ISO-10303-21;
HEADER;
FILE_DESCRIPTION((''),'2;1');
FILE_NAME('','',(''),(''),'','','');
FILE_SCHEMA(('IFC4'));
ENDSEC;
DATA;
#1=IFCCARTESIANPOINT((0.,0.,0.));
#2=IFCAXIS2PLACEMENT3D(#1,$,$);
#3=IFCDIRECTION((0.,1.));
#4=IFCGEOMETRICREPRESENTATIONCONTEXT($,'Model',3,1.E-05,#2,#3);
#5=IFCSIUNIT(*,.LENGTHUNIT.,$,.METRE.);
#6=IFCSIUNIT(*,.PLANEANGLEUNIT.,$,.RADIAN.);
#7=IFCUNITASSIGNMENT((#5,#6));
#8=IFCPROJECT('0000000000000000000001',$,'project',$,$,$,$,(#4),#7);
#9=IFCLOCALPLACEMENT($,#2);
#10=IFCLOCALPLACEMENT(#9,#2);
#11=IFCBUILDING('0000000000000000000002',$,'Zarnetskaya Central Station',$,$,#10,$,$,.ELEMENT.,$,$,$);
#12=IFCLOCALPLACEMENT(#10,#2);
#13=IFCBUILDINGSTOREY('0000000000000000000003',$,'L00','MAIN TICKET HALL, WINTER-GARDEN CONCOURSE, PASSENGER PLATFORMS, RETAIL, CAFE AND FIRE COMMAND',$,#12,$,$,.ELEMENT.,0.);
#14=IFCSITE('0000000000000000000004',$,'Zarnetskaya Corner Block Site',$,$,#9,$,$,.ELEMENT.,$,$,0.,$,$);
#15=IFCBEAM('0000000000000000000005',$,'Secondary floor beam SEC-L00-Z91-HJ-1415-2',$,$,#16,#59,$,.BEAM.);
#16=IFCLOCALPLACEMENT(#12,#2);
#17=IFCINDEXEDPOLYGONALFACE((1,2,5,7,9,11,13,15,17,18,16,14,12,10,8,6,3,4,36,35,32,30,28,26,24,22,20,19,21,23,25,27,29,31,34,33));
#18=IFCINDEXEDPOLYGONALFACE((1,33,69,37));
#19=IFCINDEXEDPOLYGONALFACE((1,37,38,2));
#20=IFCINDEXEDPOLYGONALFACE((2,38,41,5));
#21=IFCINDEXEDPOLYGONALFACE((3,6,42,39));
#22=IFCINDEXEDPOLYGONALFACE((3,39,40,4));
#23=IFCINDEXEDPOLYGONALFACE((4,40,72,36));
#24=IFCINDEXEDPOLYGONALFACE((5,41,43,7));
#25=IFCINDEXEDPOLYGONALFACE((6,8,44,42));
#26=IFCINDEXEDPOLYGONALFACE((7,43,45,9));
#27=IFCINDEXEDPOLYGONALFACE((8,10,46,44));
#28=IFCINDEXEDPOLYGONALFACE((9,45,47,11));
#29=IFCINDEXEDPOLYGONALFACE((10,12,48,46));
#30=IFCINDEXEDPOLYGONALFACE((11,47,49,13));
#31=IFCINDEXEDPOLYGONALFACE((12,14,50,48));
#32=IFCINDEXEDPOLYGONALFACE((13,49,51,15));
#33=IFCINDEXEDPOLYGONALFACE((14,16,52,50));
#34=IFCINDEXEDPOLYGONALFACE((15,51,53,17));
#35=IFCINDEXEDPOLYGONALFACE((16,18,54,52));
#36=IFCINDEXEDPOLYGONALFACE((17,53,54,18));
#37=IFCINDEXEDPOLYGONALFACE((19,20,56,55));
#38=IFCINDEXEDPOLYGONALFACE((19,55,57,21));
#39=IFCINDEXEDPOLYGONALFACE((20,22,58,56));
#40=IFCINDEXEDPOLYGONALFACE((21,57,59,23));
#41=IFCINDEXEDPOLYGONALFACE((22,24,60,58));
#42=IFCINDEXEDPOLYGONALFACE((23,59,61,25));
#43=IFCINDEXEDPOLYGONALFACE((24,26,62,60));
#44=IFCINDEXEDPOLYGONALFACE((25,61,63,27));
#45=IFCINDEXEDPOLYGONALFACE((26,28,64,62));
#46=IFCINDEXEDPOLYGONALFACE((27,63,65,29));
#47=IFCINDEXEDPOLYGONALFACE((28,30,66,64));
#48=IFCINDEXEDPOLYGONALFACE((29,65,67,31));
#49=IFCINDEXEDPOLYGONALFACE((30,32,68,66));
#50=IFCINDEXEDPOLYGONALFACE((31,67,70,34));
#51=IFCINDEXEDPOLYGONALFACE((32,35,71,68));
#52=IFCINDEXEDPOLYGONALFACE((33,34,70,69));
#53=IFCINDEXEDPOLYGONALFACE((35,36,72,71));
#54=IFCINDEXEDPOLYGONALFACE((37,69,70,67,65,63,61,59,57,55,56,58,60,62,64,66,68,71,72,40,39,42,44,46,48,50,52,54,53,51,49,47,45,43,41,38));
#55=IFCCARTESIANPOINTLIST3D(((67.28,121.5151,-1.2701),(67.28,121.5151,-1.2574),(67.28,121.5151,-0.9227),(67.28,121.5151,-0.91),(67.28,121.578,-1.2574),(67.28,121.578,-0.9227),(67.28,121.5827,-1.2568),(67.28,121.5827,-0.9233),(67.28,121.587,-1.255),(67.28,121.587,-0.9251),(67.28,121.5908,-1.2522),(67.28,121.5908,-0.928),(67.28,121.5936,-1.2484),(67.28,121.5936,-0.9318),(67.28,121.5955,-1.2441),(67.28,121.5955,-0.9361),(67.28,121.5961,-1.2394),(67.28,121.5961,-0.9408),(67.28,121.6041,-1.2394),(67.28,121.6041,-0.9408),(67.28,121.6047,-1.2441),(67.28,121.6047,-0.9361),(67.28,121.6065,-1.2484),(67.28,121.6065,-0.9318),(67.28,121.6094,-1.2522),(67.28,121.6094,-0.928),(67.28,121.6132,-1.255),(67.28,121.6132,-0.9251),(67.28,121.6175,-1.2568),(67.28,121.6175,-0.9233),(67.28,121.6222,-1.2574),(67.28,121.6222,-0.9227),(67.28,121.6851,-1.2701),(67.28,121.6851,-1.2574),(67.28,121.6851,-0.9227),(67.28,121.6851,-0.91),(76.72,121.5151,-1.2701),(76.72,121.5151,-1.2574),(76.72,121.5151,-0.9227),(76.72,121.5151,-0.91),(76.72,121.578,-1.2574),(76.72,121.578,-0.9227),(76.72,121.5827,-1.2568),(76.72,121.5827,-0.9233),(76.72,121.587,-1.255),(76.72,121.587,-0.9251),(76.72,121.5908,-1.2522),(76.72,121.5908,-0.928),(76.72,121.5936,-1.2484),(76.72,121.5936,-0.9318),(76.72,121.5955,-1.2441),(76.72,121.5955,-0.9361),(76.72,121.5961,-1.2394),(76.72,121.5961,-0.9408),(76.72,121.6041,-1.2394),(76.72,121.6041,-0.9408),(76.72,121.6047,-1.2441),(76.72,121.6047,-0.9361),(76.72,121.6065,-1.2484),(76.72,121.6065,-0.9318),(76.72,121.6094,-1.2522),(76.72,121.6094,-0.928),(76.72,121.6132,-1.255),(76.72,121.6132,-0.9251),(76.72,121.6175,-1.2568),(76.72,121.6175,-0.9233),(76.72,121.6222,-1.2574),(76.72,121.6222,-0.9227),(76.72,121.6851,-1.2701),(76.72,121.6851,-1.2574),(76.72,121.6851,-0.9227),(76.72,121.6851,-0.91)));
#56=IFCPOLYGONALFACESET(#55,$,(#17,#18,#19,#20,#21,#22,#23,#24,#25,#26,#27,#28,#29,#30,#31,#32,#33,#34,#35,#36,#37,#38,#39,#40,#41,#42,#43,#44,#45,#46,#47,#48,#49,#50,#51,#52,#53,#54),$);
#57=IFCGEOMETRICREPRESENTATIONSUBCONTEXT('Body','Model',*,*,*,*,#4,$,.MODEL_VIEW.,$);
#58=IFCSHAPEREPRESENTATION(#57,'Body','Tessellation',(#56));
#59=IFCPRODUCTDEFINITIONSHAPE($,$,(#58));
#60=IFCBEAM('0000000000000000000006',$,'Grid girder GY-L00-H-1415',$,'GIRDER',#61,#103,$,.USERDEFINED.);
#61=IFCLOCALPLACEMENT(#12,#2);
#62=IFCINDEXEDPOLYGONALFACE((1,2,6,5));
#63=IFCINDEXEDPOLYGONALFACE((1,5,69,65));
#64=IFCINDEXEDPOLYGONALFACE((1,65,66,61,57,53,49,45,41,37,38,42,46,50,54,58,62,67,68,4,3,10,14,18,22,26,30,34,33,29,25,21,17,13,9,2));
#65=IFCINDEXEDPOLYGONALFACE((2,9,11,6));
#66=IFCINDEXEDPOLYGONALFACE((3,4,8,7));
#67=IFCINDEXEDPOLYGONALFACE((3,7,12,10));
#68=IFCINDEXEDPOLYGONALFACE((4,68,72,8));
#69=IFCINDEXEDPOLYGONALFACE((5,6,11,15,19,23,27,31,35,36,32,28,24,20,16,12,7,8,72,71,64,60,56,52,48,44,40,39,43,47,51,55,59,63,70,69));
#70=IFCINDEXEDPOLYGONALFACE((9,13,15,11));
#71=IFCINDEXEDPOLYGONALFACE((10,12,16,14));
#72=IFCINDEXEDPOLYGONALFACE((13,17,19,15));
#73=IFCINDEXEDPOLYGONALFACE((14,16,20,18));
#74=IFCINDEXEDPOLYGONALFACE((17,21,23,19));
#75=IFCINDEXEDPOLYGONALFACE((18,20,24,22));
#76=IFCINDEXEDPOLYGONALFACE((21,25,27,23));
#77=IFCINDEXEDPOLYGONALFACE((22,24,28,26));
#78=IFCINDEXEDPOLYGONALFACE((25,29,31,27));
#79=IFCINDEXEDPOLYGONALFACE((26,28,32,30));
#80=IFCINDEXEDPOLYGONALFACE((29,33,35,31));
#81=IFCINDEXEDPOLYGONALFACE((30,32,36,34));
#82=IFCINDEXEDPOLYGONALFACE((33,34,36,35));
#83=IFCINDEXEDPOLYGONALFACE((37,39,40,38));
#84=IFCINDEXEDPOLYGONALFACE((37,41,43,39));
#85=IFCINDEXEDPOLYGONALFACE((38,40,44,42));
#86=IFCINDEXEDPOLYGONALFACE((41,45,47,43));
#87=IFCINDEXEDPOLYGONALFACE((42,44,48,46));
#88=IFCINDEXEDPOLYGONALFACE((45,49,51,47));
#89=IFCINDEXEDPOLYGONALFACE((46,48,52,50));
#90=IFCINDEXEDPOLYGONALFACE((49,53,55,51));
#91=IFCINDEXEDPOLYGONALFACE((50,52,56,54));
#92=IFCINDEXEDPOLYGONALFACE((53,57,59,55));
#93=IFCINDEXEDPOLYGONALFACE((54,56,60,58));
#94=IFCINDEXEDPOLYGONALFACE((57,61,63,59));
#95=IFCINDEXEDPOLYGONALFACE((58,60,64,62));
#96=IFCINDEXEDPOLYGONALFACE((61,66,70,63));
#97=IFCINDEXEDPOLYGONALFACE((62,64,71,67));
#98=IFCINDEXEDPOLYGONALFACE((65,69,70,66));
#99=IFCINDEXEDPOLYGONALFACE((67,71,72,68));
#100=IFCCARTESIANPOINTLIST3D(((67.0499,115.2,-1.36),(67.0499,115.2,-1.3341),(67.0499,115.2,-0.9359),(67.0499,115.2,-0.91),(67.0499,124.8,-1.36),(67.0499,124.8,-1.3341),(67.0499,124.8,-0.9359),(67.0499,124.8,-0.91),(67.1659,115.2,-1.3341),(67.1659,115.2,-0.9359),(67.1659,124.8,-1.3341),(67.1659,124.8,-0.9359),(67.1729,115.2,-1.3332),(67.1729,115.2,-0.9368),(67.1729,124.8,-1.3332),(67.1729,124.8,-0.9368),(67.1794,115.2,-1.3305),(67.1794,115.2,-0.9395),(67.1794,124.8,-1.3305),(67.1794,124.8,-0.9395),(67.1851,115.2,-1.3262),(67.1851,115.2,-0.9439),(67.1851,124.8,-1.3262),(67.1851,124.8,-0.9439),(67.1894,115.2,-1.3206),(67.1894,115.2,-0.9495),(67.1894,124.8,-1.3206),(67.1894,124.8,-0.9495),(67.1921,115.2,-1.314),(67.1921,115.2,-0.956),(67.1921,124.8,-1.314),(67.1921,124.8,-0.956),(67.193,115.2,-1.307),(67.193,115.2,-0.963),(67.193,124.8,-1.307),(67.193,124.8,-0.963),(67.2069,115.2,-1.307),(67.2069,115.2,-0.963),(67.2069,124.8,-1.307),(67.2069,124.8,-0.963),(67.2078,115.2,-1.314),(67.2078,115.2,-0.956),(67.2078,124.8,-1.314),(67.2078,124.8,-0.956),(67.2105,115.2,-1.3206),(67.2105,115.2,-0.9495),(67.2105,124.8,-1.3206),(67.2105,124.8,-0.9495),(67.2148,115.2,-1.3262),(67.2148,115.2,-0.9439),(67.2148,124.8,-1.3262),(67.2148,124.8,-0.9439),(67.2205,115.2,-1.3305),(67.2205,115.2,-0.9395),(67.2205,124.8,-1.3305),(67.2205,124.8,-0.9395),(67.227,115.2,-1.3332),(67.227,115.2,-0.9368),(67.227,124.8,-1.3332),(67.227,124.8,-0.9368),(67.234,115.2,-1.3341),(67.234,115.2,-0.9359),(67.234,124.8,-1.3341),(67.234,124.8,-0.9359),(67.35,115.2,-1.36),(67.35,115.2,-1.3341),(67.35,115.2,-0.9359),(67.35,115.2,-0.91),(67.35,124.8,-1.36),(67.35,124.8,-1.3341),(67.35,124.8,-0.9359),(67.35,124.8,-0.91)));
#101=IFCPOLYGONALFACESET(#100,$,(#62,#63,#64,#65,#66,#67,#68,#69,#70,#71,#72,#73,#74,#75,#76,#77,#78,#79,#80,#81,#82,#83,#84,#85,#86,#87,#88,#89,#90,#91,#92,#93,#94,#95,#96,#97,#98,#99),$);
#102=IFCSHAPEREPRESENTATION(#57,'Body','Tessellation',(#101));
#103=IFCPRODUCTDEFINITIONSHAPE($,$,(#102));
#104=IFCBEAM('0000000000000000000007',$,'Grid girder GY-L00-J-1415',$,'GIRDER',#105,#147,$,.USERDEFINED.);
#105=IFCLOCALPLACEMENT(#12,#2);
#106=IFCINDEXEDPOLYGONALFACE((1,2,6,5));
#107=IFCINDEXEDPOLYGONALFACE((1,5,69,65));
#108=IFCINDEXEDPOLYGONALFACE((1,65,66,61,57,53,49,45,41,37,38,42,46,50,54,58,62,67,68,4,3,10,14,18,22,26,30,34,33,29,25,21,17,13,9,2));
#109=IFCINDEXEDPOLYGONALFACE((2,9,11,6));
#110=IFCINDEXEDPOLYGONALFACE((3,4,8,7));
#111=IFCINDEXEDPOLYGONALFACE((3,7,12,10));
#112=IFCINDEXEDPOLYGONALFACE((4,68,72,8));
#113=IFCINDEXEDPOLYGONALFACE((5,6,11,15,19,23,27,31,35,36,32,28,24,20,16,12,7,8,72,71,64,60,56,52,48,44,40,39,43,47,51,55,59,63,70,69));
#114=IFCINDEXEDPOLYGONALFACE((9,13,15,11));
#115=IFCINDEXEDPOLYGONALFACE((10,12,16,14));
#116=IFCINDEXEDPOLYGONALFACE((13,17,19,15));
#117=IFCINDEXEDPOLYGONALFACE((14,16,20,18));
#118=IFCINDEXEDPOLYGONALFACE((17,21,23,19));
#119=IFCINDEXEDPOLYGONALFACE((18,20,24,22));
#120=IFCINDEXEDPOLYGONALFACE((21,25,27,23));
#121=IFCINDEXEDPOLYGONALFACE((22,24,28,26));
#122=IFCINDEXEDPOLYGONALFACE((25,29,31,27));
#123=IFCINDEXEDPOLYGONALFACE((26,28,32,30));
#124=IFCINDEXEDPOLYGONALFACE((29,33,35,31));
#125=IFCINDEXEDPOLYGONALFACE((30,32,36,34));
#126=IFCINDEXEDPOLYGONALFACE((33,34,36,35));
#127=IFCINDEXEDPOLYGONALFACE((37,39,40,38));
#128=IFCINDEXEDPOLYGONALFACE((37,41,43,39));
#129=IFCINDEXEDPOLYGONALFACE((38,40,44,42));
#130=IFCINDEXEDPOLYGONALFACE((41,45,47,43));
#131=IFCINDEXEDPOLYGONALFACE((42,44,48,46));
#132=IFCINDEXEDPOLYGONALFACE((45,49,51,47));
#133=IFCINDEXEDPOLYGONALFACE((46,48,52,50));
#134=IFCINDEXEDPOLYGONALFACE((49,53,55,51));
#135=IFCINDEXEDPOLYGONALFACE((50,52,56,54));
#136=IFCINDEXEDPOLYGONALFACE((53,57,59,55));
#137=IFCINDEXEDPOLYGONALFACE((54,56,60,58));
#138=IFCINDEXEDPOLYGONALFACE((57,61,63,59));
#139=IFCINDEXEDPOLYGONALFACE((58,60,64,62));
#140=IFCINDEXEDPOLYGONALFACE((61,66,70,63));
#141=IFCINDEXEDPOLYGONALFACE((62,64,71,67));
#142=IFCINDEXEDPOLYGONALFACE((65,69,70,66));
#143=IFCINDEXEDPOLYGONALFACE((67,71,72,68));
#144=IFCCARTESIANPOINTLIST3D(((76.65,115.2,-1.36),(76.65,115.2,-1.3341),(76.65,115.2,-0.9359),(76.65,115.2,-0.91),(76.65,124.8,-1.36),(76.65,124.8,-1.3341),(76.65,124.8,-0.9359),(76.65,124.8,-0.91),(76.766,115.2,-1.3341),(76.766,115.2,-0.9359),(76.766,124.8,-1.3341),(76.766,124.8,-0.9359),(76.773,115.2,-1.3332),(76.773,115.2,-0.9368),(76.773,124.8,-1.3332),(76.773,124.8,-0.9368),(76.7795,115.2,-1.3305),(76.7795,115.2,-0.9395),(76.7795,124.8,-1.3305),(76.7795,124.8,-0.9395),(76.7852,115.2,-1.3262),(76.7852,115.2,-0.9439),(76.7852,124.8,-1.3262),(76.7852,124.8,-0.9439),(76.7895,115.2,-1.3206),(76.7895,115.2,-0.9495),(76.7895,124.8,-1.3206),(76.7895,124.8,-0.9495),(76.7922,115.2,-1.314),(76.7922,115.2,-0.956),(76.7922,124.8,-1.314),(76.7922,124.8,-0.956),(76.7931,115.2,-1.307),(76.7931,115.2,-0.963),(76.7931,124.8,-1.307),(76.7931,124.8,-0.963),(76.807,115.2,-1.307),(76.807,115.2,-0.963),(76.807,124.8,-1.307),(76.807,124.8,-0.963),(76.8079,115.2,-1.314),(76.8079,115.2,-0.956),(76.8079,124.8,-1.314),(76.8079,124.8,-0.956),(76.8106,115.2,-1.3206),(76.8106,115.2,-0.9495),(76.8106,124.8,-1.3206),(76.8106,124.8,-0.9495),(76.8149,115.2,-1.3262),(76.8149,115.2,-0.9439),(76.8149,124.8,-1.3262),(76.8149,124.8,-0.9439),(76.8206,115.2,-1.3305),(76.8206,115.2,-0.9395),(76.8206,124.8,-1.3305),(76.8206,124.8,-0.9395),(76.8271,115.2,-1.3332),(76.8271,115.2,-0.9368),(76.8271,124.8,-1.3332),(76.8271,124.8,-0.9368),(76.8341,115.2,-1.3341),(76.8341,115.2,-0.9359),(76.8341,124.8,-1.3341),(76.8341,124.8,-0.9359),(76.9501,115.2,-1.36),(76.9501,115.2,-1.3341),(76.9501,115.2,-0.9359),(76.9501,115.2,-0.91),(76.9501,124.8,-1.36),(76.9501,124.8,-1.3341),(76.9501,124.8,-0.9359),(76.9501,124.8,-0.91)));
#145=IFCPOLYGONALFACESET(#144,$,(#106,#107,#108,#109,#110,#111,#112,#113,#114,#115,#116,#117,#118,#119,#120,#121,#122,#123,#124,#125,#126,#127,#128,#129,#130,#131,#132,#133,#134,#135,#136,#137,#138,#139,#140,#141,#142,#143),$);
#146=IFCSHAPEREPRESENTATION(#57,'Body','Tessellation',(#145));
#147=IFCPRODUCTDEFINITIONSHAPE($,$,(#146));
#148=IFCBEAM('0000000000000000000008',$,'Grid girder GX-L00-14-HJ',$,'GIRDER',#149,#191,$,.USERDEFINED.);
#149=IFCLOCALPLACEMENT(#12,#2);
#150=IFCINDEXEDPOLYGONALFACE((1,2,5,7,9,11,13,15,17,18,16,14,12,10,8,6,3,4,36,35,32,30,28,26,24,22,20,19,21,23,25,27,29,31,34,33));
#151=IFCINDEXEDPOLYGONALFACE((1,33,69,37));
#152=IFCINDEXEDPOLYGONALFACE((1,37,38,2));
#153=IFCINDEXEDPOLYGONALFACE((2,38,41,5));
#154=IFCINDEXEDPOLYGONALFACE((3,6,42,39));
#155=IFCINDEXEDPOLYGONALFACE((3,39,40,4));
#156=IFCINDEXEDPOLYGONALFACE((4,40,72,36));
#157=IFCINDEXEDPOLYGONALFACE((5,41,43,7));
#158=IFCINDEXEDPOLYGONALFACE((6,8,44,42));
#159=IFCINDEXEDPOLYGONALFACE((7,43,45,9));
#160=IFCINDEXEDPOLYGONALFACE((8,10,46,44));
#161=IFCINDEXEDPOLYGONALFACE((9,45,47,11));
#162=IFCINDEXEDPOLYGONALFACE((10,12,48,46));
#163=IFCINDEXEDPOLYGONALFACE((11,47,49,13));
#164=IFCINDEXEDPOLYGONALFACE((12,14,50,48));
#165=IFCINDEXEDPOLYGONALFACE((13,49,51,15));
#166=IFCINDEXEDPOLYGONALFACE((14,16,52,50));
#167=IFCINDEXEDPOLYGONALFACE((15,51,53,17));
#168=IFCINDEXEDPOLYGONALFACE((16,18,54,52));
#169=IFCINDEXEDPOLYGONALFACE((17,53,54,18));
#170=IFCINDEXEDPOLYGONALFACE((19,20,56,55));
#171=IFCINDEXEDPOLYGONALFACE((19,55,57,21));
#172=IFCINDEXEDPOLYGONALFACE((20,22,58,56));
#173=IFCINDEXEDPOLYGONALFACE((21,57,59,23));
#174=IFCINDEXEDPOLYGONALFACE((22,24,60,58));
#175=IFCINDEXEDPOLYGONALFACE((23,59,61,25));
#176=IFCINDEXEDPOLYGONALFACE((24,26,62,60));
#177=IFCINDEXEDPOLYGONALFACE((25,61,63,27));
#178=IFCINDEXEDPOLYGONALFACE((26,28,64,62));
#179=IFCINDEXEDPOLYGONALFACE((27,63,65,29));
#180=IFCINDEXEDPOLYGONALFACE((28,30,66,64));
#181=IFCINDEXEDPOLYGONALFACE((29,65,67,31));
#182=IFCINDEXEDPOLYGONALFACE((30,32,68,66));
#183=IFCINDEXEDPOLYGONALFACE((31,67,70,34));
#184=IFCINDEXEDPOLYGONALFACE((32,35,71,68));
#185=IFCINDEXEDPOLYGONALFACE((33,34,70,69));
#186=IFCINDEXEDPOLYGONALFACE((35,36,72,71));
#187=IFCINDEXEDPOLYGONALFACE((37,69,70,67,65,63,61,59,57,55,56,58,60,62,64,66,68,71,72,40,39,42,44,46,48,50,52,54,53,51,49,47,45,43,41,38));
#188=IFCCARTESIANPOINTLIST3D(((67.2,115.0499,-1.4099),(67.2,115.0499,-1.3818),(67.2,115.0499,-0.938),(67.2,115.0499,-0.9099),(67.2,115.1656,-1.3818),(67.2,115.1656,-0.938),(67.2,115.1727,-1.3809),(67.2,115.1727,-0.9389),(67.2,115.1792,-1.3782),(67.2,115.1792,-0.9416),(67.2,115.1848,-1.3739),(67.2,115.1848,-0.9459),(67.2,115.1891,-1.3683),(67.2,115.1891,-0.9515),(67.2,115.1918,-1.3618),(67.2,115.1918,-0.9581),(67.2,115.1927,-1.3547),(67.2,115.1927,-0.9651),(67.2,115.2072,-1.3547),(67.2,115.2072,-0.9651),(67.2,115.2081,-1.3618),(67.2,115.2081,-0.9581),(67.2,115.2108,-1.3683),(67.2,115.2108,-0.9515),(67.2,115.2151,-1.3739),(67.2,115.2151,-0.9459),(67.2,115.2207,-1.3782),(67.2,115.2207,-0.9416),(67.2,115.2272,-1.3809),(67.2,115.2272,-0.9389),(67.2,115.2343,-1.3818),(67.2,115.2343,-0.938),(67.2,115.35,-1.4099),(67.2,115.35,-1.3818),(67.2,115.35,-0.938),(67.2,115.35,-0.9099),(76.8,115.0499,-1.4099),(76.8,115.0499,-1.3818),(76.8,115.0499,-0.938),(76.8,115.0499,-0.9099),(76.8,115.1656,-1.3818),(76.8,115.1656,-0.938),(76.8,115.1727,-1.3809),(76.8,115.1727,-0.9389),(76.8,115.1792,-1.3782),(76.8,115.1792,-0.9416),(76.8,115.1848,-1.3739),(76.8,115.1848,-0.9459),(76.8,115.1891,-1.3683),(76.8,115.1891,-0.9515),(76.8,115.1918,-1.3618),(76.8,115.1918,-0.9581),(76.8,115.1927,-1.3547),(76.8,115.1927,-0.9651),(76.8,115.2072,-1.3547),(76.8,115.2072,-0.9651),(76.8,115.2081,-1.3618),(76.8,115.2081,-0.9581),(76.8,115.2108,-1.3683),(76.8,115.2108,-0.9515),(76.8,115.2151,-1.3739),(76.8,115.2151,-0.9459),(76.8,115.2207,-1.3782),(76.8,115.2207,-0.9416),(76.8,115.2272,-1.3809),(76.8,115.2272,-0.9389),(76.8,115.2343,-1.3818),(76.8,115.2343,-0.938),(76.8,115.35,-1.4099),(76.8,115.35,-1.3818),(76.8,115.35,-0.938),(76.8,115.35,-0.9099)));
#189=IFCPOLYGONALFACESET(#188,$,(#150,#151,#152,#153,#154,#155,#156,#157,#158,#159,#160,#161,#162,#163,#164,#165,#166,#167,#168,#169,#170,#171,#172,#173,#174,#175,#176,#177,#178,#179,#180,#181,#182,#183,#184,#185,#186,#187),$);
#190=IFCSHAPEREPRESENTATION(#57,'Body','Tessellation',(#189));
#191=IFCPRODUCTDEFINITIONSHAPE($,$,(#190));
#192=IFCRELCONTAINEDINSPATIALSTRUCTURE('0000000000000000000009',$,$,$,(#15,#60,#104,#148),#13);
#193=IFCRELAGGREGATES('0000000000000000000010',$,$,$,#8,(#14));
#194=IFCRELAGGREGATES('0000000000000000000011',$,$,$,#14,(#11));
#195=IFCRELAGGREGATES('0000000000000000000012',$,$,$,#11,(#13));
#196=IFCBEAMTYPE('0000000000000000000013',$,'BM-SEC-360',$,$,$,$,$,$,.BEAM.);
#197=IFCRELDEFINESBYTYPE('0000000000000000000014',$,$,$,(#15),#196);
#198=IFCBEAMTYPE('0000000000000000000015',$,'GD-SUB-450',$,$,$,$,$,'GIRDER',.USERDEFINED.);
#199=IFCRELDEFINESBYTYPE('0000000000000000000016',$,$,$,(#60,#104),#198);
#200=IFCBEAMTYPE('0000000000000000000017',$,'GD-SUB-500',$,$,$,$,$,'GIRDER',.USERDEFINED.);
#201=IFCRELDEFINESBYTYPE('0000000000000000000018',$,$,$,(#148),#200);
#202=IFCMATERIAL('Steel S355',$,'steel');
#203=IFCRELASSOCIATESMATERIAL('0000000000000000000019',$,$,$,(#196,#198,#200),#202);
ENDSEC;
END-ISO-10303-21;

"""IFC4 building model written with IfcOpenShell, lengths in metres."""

from ifc_helpers import new_model, si_unit, direction, frame, origin, origin_2d, place, context, subcontext, project, spatial, i_section, extrude, material, material_profile, profile_set, type_object, element, save


model = new_model("IFC4")

# Units and contexts
model_context = context("Model", 3, precision=1e-05, world=origin(), true_north=direction((0.0, 1.0)))
body_context = subcontext(model_context, "Body", "Model", "MODEL_VIEW")
ifc_project = project(units=[si_unit("LENGTHUNIT", "METRE"), si_unit("PLANEANGLEUNIT", "RADIAN")], contexts=[model_context])

# Site, building, storey
site_placement = place(None, origin())
site = spatial("IfcSite", under=ifc_project, at=site_placement, Name="Zarnetskaya Corner Block Site", CompositionType="ELEMENT", RefElevation=0.0)
building_placement = place(site_placement, origin())
building = spatial("IfcBuilding", under=site, at=building_placement, Name="Zarnetskaya Central Station", CompositionType="ELEMENT")
storey_placement = place(building_placement, origin())
storey = spatial("IfcBuildingStorey", under=building, at=storey_placement, Name="L00", Description="MAIN TICKET HALL, WINTER-GARDEN CONCOURSE, PASSENGER PLATFORMS, RETAIL, CAFE AND FIRE COMMAND", CompositionType="ELEMENT", Elevation=0.0)

# Shared definitions
ifc_material_1 = material(Name="Steel S355", Category="steel")

# Beams
ifc_material_profile_1 = material_profile(ifc_material_1, i_section(OverallWidth=0.1699, OverallDepth=0.3601, WebThickness=0.0081, FlangeThickness=0.0127, FilletRadius=0.0181, at=origin_2d()), Name="IPE 360")
ifc_profile_set_1 = profile_set([ifc_material_profile_1], Name="Steel S355")
beam_type_1 = type_object("IfcBeamType", Name="BM-SEC-360", PredefinedType="BEAM", material=ifc_profile_set_1)
for number, where, z_axis, x_axis, name in (
    (1, (67.28, 121.6001, -1.0901), (1.0, 0.0, 0.0), (0.0, 1.0, 0.0), "Secondary floor beam SEC-L00-Z91-HJ-1415-2"),
):
    element("IfcBeam", number, at=place(storey_placement, frame(where, z_axis=z_axis, x_axis=x_axis)), inside=storey, type_object=beam_type_1, Name=name, PredefinedType="BEAM", context=body_context, shape_type="SweptSolid", body=[
        extrude(i_section(OverallWidth=0.1699, OverallDepth=0.3601, WebThickness=0.0081, FlangeThickness=0.0127, FilletRadius=0.0181, at=origin_2d()), origin(), (0.0, 0.0, 1.0), 9.4399),
    ])
ifc_material_profile_2 = material_profile(ifc_material_1, i_section(OverallWidth=0.3, OverallDepth=0.45, WebThickness=0.0139, FlangeThickness=0.0259, FilletRadius=0.0271, at=origin_2d()), Name="HEB 450")
ifc_profile_set_2 = profile_set([ifc_material_profile_2], Name="Steel S355")
beam_type_2 = type_object("IfcBeamType", Name="GD-SUB-450", ElementType="GIRDER", PredefinedType="USERDEFINED", material=ifc_profile_set_2)
for number, where, z_axis, x_axis, name in (
    (2, (67.2, 115.2, -1.135), (0.0, 1.0, 0.0), (-1.0, 0.0, 0.0), "Grid girder GY-L00-H-1415"),
    (3, (76.8, 115.2, -1.135), (0.0, 1.0, 0.0), (-1.0, 0.0, 0.0), "Grid girder GY-L00-J-1415"),
):
    element("IfcBeam", number, at=place(storey_placement, frame(where, z_axis=z_axis, x_axis=x_axis)), inside=storey, type_object=beam_type_2, Name=name, ObjectType="GIRDER", PredefinedType="USERDEFINED", context=body_context, shape_type="SweptSolid", body=[
        extrude(i_section(OverallWidth=0.3, OverallDepth=0.45, WebThickness=0.0139, FlangeThickness=0.0259, FilletRadius=0.0271, at=origin_2d()), origin(), (0.0, 0.0, 1.0), 9.6001),
    ])
ifc_material_profile_3 = material_profile(ifc_material_1, i_section(OverallWidth=0.3, OverallDepth=0.5, WebThickness=0.0144, FlangeThickness=0.0281, FilletRadius=0.0271, at=origin_2d()), Name="HEB 500")
ifc_profile_set_3 = profile_set([ifc_material_profile_3], Name="Steel S355")
beam_type_3 = type_object("IfcBeamType", Name="GD-SUB-500", ElementType="GIRDER", PredefinedType="USERDEFINED", material=ifc_profile_set_3)
beam_1_placement = place(storey_placement, frame((67.2, 115.2, -1.1599), z_axis=(1.0, 0.0, 0.0), x_axis=(0.0, 1.0, 0.0)))
element("IfcBeam", 4, at=beam_1_placement, inside=storey, type_object=beam_type_3, Name="Grid girder GX-L00-14-HJ", ObjectType="GIRDER", PredefinedType="USERDEFINED", context=body_context, shape_type="SweptSolid", body=[
    extrude(i_section(OverallWidth=0.3, OverallDepth=0.5, WebThickness=0.0144, FlangeThickness=0.0281, FilletRadius=0.0271, at=origin_2d()), origin(), (0.0, 0.0, 1.0), 9.6001),
])

save(model, "model.ifc")
